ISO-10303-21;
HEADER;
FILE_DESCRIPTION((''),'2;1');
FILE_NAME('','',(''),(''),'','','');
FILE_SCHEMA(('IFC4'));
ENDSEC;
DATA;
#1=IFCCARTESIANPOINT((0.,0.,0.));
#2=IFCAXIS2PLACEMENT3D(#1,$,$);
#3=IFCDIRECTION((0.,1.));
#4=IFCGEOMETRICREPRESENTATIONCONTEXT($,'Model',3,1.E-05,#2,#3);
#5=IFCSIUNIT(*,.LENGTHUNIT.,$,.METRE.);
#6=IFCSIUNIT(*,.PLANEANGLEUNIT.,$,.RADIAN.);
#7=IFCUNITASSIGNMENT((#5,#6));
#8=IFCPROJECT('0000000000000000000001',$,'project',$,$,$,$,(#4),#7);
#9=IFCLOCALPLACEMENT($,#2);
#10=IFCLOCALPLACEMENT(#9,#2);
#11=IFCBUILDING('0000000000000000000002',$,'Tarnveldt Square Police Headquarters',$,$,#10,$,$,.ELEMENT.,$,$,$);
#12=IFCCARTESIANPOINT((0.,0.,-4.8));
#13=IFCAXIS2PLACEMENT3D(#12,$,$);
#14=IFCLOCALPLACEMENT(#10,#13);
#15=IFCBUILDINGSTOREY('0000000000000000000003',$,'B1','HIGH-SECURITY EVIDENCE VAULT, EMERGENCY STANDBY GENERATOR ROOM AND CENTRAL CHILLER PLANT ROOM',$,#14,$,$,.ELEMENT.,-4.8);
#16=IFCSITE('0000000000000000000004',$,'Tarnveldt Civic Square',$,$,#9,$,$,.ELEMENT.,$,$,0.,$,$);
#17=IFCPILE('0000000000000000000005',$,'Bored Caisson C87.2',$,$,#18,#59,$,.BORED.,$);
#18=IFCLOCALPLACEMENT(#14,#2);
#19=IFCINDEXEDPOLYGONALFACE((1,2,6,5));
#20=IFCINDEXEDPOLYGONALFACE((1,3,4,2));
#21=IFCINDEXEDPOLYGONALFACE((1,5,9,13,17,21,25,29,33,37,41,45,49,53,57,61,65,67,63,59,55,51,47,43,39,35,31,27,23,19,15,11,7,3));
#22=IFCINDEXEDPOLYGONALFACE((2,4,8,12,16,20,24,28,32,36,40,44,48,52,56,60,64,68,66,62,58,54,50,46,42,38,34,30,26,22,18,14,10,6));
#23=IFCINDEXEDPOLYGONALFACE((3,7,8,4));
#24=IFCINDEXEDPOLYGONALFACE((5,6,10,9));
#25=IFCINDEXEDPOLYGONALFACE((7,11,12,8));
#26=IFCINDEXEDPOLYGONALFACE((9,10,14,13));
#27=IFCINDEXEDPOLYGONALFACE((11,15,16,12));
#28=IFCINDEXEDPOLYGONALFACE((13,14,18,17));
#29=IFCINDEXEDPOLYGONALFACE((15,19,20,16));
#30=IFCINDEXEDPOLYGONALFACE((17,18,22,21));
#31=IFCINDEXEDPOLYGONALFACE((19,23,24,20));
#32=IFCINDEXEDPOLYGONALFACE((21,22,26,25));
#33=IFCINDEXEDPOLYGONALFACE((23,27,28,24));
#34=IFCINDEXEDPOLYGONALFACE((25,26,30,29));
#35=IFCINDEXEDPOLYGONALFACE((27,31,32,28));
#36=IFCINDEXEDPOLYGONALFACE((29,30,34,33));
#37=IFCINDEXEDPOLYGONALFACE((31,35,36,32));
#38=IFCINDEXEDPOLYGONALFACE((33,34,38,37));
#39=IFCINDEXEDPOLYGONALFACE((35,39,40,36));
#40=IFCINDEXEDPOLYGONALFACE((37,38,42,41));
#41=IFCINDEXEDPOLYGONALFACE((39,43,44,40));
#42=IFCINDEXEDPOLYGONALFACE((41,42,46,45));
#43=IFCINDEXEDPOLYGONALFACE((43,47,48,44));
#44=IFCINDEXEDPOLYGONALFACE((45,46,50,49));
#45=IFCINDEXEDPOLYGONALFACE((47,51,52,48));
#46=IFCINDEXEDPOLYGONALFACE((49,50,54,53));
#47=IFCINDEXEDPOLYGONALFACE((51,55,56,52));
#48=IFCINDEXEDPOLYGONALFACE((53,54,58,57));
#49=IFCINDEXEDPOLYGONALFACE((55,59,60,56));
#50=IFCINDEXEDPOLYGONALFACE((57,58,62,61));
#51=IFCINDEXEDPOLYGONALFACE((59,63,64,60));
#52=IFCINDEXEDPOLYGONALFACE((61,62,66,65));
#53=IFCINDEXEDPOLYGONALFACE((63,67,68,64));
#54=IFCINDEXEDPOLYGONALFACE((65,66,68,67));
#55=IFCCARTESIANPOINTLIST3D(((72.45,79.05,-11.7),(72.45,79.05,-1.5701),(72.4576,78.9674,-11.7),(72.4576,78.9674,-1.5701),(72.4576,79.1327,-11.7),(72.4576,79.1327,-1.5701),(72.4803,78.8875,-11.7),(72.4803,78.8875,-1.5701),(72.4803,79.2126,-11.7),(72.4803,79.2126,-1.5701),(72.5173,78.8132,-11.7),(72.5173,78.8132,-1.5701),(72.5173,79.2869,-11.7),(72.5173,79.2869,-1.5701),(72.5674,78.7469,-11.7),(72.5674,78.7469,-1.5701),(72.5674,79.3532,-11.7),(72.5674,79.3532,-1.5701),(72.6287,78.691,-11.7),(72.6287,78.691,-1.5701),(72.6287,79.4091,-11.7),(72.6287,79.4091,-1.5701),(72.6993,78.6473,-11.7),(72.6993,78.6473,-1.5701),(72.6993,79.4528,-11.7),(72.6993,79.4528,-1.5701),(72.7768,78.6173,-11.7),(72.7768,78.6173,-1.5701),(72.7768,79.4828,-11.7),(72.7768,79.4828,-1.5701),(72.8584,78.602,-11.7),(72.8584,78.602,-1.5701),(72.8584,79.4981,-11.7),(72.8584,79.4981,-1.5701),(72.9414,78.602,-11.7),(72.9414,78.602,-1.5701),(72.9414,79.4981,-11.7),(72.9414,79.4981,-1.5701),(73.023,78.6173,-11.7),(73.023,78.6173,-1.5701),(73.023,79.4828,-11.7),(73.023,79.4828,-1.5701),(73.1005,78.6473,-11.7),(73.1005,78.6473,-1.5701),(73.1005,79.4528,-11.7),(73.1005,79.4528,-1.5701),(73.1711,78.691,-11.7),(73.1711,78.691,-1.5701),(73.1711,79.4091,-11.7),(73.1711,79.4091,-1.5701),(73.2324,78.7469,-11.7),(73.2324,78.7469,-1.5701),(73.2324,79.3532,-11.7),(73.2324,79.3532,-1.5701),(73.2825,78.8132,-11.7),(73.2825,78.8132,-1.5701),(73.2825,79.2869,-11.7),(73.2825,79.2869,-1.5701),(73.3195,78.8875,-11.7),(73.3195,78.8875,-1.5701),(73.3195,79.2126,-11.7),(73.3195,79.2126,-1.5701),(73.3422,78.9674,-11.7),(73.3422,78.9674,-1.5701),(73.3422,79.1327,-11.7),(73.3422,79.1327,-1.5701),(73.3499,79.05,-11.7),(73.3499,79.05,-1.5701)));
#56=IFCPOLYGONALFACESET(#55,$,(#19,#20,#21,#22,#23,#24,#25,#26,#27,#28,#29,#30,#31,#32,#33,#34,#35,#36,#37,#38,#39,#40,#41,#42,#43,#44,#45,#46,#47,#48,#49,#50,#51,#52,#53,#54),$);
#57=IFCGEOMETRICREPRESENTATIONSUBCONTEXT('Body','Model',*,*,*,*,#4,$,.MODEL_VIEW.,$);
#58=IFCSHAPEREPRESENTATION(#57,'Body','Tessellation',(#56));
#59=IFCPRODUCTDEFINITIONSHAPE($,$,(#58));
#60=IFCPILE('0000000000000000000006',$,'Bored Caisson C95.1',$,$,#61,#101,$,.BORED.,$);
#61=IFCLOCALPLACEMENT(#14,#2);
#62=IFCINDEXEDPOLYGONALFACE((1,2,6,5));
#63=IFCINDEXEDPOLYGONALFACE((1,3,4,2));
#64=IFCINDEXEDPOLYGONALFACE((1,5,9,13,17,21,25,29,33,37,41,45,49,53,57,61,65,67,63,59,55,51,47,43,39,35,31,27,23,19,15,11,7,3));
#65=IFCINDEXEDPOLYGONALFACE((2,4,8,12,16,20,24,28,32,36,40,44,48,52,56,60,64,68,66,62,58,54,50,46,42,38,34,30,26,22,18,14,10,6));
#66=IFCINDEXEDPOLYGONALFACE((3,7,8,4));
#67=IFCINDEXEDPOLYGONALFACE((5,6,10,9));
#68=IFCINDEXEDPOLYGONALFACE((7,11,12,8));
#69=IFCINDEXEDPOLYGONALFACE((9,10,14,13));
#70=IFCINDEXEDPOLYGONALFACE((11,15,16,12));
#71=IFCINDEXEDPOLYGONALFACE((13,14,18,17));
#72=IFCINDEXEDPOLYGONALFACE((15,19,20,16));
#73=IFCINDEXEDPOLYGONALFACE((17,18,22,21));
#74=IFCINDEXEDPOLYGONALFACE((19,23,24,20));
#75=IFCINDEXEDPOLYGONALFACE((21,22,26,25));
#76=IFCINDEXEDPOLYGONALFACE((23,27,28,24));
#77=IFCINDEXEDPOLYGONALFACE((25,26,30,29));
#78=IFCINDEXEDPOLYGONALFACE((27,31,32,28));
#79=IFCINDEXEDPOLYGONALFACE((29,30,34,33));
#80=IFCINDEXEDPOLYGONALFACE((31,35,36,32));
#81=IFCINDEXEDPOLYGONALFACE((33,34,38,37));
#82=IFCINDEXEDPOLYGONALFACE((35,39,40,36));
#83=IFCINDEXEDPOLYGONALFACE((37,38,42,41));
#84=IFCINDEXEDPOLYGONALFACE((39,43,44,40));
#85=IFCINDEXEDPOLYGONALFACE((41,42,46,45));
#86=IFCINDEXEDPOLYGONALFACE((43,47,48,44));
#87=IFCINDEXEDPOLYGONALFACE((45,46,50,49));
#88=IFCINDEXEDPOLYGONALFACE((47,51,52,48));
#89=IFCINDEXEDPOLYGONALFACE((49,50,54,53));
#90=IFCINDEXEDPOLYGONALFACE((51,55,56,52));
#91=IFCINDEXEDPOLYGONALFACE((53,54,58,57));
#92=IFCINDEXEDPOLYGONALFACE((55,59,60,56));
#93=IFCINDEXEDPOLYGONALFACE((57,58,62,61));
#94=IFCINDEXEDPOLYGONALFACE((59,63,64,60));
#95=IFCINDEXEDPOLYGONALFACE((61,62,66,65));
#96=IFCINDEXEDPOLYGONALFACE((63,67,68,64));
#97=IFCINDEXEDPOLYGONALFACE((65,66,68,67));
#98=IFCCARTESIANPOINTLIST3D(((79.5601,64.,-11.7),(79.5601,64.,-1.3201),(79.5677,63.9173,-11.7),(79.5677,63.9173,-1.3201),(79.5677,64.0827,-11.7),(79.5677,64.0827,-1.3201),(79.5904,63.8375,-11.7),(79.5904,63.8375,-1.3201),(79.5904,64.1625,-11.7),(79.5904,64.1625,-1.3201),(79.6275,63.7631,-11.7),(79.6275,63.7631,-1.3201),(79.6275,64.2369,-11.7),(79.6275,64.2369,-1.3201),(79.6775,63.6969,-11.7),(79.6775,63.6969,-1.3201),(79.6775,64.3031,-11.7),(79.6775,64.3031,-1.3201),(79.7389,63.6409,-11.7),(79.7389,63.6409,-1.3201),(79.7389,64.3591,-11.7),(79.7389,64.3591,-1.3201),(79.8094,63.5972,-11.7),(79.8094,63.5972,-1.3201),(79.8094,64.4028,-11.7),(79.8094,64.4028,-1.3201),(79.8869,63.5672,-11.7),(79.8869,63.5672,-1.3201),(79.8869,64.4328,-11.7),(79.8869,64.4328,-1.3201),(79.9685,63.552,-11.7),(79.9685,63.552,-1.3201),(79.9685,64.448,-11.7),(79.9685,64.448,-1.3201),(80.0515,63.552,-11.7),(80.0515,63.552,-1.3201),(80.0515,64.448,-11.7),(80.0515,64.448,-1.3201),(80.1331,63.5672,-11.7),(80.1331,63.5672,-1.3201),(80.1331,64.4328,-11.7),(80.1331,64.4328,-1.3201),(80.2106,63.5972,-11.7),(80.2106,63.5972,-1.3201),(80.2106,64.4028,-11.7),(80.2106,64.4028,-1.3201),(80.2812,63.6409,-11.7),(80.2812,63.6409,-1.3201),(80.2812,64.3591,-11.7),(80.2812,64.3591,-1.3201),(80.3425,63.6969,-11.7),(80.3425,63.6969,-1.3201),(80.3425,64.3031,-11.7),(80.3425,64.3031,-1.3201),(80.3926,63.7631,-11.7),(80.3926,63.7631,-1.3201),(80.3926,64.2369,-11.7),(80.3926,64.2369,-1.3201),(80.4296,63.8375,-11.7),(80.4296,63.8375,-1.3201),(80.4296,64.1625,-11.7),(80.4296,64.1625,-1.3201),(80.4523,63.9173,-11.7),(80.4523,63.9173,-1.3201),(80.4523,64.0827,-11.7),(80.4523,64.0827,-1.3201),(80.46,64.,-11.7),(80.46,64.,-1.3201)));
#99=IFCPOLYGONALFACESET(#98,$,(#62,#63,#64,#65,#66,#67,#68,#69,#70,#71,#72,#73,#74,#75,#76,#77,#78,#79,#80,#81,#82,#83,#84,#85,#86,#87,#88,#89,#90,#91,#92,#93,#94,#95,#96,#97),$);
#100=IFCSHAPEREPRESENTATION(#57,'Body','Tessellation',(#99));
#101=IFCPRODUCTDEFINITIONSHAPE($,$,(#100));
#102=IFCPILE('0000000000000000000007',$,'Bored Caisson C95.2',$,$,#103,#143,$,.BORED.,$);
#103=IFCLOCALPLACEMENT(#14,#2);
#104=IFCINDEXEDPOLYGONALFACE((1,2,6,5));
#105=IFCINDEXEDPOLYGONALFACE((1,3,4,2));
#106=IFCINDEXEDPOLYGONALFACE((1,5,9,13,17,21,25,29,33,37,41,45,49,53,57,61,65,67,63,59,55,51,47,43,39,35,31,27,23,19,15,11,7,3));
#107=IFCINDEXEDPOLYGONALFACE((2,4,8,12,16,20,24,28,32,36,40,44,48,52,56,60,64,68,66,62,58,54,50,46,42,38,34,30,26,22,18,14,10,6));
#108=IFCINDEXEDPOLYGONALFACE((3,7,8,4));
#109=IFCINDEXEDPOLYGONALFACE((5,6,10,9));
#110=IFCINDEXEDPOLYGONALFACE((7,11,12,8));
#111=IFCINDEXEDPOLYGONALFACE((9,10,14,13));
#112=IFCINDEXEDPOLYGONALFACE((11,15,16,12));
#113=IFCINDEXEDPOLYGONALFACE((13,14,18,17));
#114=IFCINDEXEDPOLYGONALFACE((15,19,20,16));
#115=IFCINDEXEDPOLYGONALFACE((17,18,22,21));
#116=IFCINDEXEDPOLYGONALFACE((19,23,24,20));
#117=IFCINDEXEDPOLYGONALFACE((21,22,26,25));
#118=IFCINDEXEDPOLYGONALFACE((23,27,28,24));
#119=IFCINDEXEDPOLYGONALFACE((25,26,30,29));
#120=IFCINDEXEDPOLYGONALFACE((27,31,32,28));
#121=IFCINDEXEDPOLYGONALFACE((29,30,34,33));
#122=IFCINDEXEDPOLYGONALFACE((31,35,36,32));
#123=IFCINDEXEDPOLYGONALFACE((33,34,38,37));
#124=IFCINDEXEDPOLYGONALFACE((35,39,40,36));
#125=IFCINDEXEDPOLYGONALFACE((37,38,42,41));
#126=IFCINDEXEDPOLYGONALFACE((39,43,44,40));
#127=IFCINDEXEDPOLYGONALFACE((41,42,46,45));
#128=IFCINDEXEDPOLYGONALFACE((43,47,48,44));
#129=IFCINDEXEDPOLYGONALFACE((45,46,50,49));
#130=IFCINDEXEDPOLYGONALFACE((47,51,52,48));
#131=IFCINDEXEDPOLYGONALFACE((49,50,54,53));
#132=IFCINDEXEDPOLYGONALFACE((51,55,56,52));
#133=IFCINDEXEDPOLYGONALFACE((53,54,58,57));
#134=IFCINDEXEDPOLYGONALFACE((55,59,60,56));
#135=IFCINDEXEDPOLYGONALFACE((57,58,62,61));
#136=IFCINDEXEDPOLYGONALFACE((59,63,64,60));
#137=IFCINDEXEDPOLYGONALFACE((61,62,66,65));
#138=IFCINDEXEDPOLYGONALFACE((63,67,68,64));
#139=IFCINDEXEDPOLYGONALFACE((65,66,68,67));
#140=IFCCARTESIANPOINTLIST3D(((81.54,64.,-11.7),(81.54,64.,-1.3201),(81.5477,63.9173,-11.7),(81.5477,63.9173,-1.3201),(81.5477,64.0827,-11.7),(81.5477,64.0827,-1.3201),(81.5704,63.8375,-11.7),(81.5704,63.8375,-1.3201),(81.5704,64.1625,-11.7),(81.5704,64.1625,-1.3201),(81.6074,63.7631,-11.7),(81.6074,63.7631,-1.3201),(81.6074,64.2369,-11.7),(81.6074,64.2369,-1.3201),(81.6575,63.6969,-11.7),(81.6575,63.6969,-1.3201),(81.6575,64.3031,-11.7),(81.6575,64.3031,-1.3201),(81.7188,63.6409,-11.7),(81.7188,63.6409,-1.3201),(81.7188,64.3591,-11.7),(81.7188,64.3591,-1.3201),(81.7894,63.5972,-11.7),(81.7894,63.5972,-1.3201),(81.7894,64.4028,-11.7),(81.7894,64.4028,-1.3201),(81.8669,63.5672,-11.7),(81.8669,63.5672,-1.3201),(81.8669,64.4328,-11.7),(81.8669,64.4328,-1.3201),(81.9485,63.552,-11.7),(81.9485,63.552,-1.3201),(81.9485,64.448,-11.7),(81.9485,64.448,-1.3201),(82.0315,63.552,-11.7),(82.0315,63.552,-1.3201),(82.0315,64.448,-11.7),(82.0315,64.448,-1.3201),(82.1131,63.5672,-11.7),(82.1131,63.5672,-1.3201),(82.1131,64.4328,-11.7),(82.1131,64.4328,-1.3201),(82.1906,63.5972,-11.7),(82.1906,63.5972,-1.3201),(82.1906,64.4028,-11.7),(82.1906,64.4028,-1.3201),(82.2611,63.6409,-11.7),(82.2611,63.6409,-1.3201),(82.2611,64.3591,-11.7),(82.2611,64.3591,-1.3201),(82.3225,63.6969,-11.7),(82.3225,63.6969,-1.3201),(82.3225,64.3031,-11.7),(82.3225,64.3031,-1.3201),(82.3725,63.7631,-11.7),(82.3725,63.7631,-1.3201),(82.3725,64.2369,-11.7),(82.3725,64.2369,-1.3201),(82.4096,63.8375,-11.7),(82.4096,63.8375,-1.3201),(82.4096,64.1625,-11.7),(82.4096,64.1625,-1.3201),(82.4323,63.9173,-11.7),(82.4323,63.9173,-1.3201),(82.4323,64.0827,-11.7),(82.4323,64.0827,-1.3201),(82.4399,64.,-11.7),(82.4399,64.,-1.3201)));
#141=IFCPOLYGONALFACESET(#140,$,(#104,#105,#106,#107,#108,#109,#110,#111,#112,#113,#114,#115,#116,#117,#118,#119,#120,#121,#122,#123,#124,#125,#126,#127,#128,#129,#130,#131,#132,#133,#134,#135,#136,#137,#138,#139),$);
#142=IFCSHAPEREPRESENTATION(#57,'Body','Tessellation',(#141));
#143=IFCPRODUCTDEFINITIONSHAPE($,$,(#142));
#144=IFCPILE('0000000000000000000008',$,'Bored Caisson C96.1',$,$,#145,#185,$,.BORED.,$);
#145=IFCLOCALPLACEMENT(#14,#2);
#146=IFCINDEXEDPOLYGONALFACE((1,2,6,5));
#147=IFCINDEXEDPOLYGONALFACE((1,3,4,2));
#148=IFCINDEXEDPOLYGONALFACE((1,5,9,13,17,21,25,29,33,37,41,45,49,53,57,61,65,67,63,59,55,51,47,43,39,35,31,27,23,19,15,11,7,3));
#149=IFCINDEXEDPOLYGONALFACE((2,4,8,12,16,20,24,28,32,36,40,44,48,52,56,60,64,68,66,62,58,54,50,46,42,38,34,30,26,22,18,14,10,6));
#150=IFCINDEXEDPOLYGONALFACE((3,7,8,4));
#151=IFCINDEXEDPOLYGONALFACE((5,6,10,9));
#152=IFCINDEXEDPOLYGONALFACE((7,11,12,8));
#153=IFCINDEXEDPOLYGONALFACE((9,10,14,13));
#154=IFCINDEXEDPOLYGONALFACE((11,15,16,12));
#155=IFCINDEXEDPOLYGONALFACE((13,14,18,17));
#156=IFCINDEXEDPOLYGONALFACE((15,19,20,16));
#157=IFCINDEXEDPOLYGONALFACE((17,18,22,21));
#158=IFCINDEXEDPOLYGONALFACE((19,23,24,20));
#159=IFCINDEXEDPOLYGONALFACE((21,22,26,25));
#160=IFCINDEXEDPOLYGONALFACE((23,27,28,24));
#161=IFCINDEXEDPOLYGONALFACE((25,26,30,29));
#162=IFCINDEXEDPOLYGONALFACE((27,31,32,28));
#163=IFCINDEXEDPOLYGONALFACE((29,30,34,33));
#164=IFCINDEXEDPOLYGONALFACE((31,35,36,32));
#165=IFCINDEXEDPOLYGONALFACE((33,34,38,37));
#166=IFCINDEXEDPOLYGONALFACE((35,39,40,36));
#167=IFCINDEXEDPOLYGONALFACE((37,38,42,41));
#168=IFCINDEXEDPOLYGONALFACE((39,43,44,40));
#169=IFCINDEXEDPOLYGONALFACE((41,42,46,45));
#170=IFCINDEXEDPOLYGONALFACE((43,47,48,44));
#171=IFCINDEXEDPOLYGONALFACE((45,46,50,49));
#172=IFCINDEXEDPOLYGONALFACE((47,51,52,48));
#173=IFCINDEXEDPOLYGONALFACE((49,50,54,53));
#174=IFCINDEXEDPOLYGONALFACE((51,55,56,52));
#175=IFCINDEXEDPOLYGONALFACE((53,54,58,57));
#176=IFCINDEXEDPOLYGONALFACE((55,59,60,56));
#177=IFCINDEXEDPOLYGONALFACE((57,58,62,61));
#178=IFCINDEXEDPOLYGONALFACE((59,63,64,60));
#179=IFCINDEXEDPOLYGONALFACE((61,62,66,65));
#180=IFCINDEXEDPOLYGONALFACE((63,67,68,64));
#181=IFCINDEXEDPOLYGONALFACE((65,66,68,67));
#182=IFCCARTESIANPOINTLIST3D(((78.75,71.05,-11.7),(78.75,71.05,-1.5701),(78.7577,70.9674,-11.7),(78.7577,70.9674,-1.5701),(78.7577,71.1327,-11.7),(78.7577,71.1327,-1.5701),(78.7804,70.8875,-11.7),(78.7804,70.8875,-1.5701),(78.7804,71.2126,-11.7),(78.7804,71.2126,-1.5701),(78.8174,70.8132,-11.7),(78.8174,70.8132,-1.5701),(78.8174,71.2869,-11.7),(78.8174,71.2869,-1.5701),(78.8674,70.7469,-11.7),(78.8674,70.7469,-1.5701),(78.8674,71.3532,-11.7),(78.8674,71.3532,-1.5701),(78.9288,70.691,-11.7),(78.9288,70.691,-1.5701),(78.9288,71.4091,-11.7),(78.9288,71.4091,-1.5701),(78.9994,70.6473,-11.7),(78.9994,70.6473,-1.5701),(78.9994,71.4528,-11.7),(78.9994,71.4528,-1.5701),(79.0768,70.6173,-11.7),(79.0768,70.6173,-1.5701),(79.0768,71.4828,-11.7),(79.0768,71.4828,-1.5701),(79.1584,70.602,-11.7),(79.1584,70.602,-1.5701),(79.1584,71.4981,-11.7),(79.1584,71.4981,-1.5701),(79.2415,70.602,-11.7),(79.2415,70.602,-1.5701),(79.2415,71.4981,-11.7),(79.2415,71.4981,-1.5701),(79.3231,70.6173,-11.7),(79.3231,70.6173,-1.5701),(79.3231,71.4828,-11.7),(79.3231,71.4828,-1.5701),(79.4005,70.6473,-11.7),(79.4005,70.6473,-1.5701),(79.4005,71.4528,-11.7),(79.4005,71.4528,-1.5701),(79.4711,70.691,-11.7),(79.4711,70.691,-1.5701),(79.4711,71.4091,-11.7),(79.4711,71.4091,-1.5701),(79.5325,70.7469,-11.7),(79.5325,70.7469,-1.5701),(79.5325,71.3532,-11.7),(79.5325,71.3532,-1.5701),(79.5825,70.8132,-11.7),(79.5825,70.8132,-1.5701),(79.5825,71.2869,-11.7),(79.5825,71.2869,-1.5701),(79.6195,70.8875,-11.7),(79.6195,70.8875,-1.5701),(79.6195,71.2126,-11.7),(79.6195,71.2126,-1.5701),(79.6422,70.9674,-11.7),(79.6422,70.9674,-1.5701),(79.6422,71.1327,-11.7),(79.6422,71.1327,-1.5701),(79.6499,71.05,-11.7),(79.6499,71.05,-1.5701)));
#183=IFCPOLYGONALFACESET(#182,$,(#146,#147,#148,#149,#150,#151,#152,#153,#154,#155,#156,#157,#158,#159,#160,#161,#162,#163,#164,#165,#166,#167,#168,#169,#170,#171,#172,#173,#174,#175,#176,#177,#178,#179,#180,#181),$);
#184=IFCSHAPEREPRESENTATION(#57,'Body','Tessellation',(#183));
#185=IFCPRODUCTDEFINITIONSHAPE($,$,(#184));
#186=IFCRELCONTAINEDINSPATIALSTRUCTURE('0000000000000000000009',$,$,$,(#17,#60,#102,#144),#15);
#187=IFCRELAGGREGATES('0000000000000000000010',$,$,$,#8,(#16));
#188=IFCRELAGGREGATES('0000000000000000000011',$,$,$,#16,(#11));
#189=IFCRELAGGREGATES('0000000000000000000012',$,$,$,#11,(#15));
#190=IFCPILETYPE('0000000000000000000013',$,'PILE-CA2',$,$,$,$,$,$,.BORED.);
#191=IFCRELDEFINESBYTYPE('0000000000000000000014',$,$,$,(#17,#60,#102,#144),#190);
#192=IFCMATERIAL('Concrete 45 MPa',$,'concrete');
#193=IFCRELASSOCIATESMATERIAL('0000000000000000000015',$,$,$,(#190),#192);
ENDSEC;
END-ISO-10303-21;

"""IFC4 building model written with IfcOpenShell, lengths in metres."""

from ifc_helpers import new_model, si_unit, direction, frame, origin, origin_2d, place, context, subcontext, project, spatial, circle, extrude, material, material_profile, profile_set, type_object, element, save


model = new_model("IFC4")

# Units and contexts
model_context = context("Model", 3, precision=1e-05, world=origin(), true_north=direction((0.0, 1.0)))
body_context = subcontext(model_context, "Body", "Model", "MODEL_VIEW")
ifc_project = project(units=[si_unit("LENGTHUNIT", "METRE"), si_unit("PLANEANGLEUNIT", "RADIAN")], contexts=[model_context])

# Site, building, storey
site_placement = place(None, origin())
site = spatial("IfcSite", under=ifc_project, at=site_placement, Name="Tarnveldt Civic Square", CompositionType="ELEMENT", RefElevation=0.0)
building_placement = place(site_placement, origin())
building = spatial("IfcBuilding", under=site, at=building_placement, Name="Tarnveldt Square Police Headquarters", CompositionType="ELEMENT")
storey_placement = place(building_placement, frame((0.0, 0.0, -4.8)))
storey = spatial("IfcBuildingStorey", under=building, at=storey_placement, Name="B1", Description="HIGH-SECURITY EVIDENCE VAULT, EMERGENCY STANDBY GENERATOR ROOM AND CENTRAL CHILLER PLANT ROOM", CompositionType="ELEMENT", Elevation=-4.8)

# Shared definitions
ifc_material_1 = material(Name="Concrete 45 MPa", Category="concrete")

# Piles
ifc_material_profile_1 = material_profile(ifc_material_1, circle(Radius=0.45, at=origin_2d()), Name="CAISSON-D900")
ifc_profile_set_1 = profile_set([ifc_material_profile_1], Name="Concrete 45 MPa")
pile_type = type_object("IfcPileType", Name="PILE-CA2", PredefinedType="BORED", material=ifc_profile_set_1)
for number, where, z_axis, x_axis, name in (
    (1, (72.8999, 79.05, -1.5701), (0.0, 0.0, -1.0), (1.0, 0.0, 0.0), "Bored Caisson C87.2"),
):
    element("IfcPile", number, at=place(storey_placement, frame(where, z_axis=z_axis, x_axis=x_axis)), inside=storey, type_object=pile_type, Name=name, PredefinedType="BORED", context=body_context, shape_type="SweptSolid", body=[
        extrude(circle(Radius=0.45, at=origin_2d()), origin(), (0.0, 0.0, 1.0), 10.1299),
    ])
for number, where, z_axis, x_axis, name in (
    (2, (80.01, 64.0, -1.3201), (0.0, 0.0, -1.0), (1.0, 0.0, 0.0), "Bored Caisson C95.1"),
    (3, (81.99, 64.0, -1.3201), (0.0, 0.0, -1.0), (1.0, 0.0, 0.0), "Bored Caisson C95.2"),
):
    element("IfcPile", number, at=place(storey_placement, frame(where, z_axis=z_axis, x_axis=x_axis)), inside=storey, type_object=pile_type, Name=name, PredefinedType="BORED", context=body_context, shape_type="SweptSolid", body=[
        extrude(circle(Radius=0.45, at=origin_2d()), origin(), (0.0, 0.0, 1.0), 10.3799),
    ])
for number, where, z_axis, x_axis, name in (
    (4, (79.2, 71.05, -1.5701), (0.0, 0.0, -1.0), (1.0, 0.0, 0.0), "Bored Caisson C96.1"),
):
    element("IfcPile", number, at=place(storey_placement, frame(where, z_axis=z_axis, x_axis=x_axis)), inside=storey, type_object=pile_type, Name=name, PredefinedType="BORED", context=body_context, shape_type="SweptSolid", body=[
        extrude(circle(Radius=0.45, at=origin_2d()), origin(), (0.0, 0.0, 1.0), 10.1299),
    ])

save(model, "model.ifc")
